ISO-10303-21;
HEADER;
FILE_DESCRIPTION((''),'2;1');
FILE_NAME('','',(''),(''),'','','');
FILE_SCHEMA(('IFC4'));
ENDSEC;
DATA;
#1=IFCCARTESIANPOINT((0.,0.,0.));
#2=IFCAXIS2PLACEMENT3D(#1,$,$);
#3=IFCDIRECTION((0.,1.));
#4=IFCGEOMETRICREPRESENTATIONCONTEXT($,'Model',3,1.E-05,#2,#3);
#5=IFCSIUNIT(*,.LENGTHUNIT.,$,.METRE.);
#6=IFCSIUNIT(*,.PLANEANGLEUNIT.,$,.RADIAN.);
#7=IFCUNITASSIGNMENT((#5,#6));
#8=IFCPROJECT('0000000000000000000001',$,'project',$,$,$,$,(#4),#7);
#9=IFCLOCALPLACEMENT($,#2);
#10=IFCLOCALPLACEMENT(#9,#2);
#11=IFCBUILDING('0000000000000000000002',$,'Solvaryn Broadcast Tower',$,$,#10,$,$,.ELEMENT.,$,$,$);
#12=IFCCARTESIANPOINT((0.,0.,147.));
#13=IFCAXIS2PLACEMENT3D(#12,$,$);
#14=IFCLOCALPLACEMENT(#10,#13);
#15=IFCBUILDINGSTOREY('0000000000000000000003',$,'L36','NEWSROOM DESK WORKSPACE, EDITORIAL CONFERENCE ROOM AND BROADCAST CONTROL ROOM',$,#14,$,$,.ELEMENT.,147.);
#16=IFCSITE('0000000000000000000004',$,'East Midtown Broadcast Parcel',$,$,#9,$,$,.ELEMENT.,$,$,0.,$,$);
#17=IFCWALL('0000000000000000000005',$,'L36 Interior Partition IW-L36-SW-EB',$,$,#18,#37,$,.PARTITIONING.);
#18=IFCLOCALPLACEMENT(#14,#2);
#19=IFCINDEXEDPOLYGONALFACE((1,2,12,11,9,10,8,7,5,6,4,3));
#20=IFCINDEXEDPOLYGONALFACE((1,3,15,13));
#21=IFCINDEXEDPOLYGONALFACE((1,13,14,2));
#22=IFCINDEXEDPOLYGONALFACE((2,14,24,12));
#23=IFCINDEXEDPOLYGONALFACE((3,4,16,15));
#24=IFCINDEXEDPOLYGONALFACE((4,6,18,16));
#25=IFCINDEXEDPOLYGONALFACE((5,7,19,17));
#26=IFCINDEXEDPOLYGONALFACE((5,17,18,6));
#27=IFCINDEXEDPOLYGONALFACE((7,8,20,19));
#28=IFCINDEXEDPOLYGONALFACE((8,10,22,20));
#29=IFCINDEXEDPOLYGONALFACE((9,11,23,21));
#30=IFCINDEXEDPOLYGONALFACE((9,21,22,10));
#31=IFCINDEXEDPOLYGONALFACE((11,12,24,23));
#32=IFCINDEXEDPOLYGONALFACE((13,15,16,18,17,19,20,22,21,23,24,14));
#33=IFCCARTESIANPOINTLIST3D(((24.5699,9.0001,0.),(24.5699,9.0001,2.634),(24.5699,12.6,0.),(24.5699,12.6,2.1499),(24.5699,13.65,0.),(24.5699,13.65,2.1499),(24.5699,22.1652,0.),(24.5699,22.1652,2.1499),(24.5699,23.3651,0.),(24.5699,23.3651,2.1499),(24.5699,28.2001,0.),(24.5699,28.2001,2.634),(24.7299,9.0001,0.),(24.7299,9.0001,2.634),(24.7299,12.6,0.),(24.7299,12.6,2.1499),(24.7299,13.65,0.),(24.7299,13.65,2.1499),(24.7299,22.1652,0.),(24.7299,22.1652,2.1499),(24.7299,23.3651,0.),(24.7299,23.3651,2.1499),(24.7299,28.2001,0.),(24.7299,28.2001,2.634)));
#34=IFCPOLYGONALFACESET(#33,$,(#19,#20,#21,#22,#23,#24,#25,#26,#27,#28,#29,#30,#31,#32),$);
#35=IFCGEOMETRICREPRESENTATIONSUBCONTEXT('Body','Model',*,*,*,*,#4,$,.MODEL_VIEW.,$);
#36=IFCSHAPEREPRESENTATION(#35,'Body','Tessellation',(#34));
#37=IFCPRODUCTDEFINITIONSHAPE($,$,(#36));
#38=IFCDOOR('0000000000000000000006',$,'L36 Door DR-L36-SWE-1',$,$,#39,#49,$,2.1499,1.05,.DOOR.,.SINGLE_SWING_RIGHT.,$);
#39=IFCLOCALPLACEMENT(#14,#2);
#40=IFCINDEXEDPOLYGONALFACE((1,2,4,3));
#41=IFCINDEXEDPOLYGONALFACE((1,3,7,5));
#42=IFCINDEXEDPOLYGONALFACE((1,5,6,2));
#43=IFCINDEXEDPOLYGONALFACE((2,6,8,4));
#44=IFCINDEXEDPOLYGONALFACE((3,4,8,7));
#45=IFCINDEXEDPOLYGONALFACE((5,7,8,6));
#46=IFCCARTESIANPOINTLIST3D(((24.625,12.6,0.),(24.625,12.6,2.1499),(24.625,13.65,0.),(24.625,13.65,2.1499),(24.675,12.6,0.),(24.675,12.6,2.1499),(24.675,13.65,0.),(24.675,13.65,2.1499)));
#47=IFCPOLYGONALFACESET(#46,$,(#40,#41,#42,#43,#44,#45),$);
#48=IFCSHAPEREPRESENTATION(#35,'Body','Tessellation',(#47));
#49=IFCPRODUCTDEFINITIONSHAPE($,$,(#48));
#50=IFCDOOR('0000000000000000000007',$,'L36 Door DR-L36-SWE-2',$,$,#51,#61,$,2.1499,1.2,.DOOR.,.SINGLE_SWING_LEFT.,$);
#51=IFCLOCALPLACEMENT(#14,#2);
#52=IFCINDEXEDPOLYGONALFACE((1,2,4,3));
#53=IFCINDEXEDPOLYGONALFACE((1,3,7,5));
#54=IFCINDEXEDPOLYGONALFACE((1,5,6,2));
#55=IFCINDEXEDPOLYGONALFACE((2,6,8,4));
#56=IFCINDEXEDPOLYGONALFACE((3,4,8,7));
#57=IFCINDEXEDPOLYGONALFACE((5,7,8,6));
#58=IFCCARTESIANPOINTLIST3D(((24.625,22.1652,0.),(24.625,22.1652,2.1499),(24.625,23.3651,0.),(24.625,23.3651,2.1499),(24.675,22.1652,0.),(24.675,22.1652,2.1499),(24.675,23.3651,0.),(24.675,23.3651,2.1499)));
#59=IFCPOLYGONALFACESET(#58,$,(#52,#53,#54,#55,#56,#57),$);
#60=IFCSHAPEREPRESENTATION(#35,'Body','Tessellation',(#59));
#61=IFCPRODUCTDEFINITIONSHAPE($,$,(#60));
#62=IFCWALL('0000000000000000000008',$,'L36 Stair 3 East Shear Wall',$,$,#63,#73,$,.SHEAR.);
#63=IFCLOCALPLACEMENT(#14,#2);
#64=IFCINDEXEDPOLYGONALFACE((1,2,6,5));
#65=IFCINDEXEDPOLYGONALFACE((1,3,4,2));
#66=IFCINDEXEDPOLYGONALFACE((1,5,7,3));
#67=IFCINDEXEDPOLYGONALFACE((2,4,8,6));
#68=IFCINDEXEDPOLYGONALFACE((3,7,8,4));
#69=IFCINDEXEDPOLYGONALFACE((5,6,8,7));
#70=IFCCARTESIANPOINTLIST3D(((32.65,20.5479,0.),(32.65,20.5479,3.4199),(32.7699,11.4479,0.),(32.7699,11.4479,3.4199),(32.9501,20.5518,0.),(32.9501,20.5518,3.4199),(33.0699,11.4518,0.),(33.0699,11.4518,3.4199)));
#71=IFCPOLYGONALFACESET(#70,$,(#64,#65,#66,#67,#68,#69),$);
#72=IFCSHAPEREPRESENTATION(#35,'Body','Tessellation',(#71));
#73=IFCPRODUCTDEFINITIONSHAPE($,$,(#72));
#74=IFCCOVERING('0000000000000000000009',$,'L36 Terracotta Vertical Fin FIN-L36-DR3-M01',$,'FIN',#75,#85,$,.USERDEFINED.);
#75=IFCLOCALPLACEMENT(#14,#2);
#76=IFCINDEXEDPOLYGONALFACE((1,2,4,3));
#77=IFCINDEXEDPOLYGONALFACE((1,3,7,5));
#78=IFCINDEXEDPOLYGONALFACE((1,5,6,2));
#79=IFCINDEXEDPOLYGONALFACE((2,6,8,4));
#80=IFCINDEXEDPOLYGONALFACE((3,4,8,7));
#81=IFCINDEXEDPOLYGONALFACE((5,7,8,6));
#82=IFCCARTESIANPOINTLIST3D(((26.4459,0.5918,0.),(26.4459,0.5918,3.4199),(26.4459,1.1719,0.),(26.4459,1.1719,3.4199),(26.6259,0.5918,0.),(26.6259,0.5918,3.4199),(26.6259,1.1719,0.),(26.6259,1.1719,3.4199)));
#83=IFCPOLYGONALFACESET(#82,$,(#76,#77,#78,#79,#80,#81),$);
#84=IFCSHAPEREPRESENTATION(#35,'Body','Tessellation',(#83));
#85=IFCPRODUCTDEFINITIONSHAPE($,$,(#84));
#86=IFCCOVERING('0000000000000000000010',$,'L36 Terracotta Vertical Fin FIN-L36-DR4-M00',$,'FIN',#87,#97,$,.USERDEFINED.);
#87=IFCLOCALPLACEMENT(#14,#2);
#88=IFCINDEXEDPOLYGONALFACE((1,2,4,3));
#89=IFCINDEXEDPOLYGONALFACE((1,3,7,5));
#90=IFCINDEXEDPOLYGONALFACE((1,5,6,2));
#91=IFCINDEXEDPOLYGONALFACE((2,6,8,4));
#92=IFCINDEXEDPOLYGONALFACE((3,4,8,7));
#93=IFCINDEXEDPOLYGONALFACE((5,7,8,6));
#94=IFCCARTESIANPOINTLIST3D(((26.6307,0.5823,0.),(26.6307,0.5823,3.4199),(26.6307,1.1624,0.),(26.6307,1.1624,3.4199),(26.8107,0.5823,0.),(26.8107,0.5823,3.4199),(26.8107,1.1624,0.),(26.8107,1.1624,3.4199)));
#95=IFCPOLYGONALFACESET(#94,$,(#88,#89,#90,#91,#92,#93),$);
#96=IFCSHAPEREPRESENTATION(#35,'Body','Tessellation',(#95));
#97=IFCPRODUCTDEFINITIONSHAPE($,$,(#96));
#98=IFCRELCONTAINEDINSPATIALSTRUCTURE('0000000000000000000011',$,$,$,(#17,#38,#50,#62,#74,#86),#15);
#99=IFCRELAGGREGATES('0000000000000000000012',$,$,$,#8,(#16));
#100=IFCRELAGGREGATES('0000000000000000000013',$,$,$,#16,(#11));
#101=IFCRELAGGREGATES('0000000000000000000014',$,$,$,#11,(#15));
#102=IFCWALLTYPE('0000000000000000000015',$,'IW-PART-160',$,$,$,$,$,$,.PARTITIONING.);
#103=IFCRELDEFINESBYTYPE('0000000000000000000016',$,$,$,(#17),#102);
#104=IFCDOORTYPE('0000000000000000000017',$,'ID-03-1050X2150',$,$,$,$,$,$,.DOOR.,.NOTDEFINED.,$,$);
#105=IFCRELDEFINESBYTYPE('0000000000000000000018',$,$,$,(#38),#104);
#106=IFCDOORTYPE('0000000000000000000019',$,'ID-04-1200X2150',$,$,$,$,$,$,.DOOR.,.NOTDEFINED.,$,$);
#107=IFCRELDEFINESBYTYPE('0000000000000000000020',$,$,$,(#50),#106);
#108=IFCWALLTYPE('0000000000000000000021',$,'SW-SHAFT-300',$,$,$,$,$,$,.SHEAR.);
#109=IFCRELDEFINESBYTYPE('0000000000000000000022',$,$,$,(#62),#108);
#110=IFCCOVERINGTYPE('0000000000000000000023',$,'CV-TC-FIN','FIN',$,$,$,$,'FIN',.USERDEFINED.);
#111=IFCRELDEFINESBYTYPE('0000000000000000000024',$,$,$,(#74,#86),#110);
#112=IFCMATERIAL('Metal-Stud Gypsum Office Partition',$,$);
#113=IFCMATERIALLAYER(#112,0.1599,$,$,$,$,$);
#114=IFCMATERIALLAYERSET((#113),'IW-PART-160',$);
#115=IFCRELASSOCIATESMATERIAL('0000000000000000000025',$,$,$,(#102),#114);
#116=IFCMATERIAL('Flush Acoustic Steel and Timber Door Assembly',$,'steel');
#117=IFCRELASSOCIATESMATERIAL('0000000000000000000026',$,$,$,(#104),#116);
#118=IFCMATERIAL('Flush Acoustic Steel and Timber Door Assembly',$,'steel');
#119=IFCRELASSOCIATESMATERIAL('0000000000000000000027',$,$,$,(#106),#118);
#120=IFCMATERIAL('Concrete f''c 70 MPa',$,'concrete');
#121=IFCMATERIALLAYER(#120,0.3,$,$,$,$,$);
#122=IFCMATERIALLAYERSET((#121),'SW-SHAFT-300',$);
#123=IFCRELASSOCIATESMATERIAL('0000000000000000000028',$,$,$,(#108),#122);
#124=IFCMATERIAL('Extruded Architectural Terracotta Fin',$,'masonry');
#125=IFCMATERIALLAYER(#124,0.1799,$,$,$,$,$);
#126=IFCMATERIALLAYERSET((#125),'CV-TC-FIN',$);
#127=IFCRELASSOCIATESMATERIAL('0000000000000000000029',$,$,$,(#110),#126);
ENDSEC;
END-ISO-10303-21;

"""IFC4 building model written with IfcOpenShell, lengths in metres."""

from ifc_helpers import new_model, si_unit, direction, frame, frame_2d, origin, origin_2d, place, context, subcontext, project, spatial, rectangle, extrude, material, layer, layer_set, type_object, element, fill, save


model = new_model("IFC4")

# Units and contexts
model_context = context("Model", 3, precision=1e-05, world=origin(), true_north=direction((0.0, 1.0)))
body_context = subcontext(model_context, "Body", "Model", "MODEL_VIEW")
ifc_project = project(units=[si_unit("LENGTHUNIT", "METRE"), si_unit("PLANEANGLEUNIT", "RADIAN")], contexts=[model_context])

# Site, building, storey
site_placement = place(None, origin())
site = spatial("IfcSite", under=ifc_project, at=site_placement, Name="East Midtown Broadcast Parcel", CompositionType="ELEMENT", RefElevation=0.0)
building_placement = place(site_placement, origin())
building = spatial("IfcBuilding", under=site, at=building_placement, Name="Solvaryn Broadcast Tower", CompositionType="ELEMENT")
storey_placement = place(building_placement, frame((0.0, 0.0, 147.0)))
storey = spatial("IfcBuildingStorey", under=building, at=storey_placement, Name="L36", Description="NEWSROOM DESK WORKSPACE, EDITORIAL CONFERENCE ROOM AND BROADCAST CONTROL ROOM", CompositionType="ELEMENT", Elevation=147.0)

# Wall, openings, doors
ifc_material_1 = material(Name="Metal-Stud Gypsum Office Partition")
ifc_layer_1 = layer(ifc_material_1, 0.1599)
ifc_layer_set_1 = layer_set([ifc_layer_1], Name="IW-PART-160")
wall_type_1 = type_object("IfcWallType", Name="IW-PART-160", PredefinedType="PARTITIONING", material=ifc_layer_set_1)
wall_1_placement = place(storey_placement, frame((24.6499, 9.0, 0.0), z_axis=(0.0, 0.0, 1.0), x_axis=(0.0, 1.0, 0.0)))
wall_1 = element("IfcWall", 1, at=wall_1_placement, inside=storey, type_object=wall_type_1, Name="L36 Interior Partition IW-L36-SW-EB", PredefinedType="PARTITIONING", context=body_context, shape_type="SweptSolid", body=[
    extrude(rectangle(XDim=19.2, YDim=0.1599, at=frame_2d((9.6001, 0.0))), origin(), (0.0, 0.0, 1.0), 2.634),
])
opening_1_placement = place(wall_1_placement, frame((3.6001, 0.0, 0.0)))
opening_1 = element("IfcOpeningElement", 2, at=opening_1_placement, cuts=wall_1, PredefinedType="OPENING", context=body_context, shape_type="SweptSolid", body=[
    extrude(rectangle(XDim=1.05, YDim=2.1499, at=frame_2d((0.5249, 1.075))), frame((0.0, 0.0901, 0.0), z_axis=(0.0, -1.0, 0.0), x_axis=(1.0, 0.0, 0.0)), (0.0, 0.0, 1.0), 0.1799),
])
opening_2_placement = place(wall_1_placement, frame((13.165, 0.0, 0.0)))
opening_2 = element("IfcOpeningElement", 3, at=opening_2_placement, cuts=wall_1, PredefinedType="OPENING", context=body_context, shape_type="SweptSolid", body=[
    extrude(rectangle(XDim=1.2, YDim=2.1499, at=frame_2d((0.6001, 1.075))), frame((0.0, 0.0901, 0.0), z_axis=(0.0, -1.0, 0.0), x_axis=(1.0, 0.0, 0.0)), (0.0, 0.0, 1.0), 0.1799),
])
ifc_material_2 = material(Name="Flush Acoustic Steel and Timber Door Assembly", Category="steel")
door_type_1 = type_object("IfcDoorType", Name="ID-03-1050X2150", OperationType="NOTDEFINED", PredefinedType="DOOR", material=ifc_material_2)
door_1_placement = place(opening_1_placement, origin())
door_1 = element("IfcDoor", 4, at=door_1_placement, inside=storey, type_object=door_type_1, Name="L36 Door DR-L36-SWE-1", OperationType="SINGLE_SWING_RIGHT", OverallHeight=2.1499, OverallWidth=1.05, PredefinedType="DOOR", context=body_context, shape_type="SweptSolid", body=[
    extrude(rectangle(XDim=1.05, YDim=2.1499, at=frame_2d((0.5249, 1.075))), frame((0.0, 0.0249, 0.0), z_axis=(0.0, -1.0, 0.0), x_axis=(1.0, 0.0, 0.0)), (0.0, 0.0, 1.0), 0.05),
])
fill(opening_1, door_1)
ifc_material_3 = material(Name="Flush Acoustic Steel and Timber Door Assembly", Category="steel")
door_type_2 = type_object("IfcDoorType", Name="ID-04-1200X2150", OperationType="NOTDEFINED", PredefinedType="DOOR", material=ifc_material_3)
door_2_placement = place(opening_2_placement, origin())
door_2 = element("IfcDoor", 5, at=door_2_placement, inside=storey, type_object=door_type_2, Name="L36 Door DR-L36-SWE-2", OperationType="SINGLE_SWING_LEFT", OverallHeight=2.1499, OverallWidth=1.2, PredefinedType="DOOR", context=body_context, shape_type="SweptSolid", body=[
    extrude(rectangle(XDim=1.2, YDim=2.1499, at=frame_2d((0.6001, 1.075))), frame((0.0, 0.0249, 0.0), z_axis=(0.0, -1.0, 0.0), x_axis=(1.0, 0.0, 0.0)), (0.0, 0.0, 1.0), 0.05),
])
fill(opening_2, door_2)

# Wall
ifc_material_4 = material(Name="Concrete f'c 70 MPa", Category="concrete")
ifc_layer_2 = layer(ifc_material_4, 0.3)
ifc_layer_set_2 = layer_set([ifc_layer_2], Name="SW-SHAFT-300")
wall_type_2 = type_object("IfcWallType", Name="SW-SHAFT-300", PredefinedType="SHEAR", material=ifc_layer_set_2)
wall_2_placement = place(storey_placement, frame((32.9199, 11.45, 0.0), z_axis=(0.0, 0.0, 1.0), x_axis=(-0.013172, 0.999913, 0.0)))
element("IfcWall", 6, at=wall_2_placement, inside=storey, type_object=wall_type_2, Name="L36 Stair 3 East Shear Wall", PredefinedType="SHEAR", context=body_context, shape_type="SweptSolid", body=[
    extrude(rectangle(XDim=9.1008, YDim=0.3, at=frame_2d((4.5503, 0.0))), origin(), (0.0, 0.0, 1.0), 3.4199),
])

# Coverings
ifc_material_5 = material(Name="Extruded Architectural Terracotta Fin", Category="masonry")
ifc_layer_3 = layer(ifc_material_5, 0.1799)
ifc_layer_set_3 = layer_set([ifc_layer_3], Name="CV-TC-FIN")
covering_type = type_object("IfcCoveringType", Name="CV-TC-FIN", Description="FIN", ElementType="FIN", PredefinedType="USERDEFINED", material=ifc_layer_set_3)
for number, where, z_axis, x_axis, name in (
    (7, (26.5359, 0.8818, 0.0), (0.0, 0.0, 1.0), (1.0, 0.0, 0.0), "L36 Terracotta Vertical Fin FIN-L36-DR3-M01"),
    (8, (26.7207, 0.8723, 0.0), (0.0, 0.0, 1.0), (1.0, 0.0, 0.0), "L36 Terracotta Vertical Fin FIN-L36-DR4-M00"),
):
    element("IfcCovering", number, at=place(storey_placement, frame(where, z_axis=z_axis, x_axis=x_axis)), inside=storey, type_object=covering_type, Name=name, ObjectType="FIN", PredefinedType="USERDEFINED", context=body_context, shape_type="SweptSolid", body=[
        extrude(rectangle(XDim=0.1799, YDim=0.5801, at=origin_2d()), origin(), (0.0, 0.0, 1.0), 3.4199),
    ])

save(model, "model.ifc")
